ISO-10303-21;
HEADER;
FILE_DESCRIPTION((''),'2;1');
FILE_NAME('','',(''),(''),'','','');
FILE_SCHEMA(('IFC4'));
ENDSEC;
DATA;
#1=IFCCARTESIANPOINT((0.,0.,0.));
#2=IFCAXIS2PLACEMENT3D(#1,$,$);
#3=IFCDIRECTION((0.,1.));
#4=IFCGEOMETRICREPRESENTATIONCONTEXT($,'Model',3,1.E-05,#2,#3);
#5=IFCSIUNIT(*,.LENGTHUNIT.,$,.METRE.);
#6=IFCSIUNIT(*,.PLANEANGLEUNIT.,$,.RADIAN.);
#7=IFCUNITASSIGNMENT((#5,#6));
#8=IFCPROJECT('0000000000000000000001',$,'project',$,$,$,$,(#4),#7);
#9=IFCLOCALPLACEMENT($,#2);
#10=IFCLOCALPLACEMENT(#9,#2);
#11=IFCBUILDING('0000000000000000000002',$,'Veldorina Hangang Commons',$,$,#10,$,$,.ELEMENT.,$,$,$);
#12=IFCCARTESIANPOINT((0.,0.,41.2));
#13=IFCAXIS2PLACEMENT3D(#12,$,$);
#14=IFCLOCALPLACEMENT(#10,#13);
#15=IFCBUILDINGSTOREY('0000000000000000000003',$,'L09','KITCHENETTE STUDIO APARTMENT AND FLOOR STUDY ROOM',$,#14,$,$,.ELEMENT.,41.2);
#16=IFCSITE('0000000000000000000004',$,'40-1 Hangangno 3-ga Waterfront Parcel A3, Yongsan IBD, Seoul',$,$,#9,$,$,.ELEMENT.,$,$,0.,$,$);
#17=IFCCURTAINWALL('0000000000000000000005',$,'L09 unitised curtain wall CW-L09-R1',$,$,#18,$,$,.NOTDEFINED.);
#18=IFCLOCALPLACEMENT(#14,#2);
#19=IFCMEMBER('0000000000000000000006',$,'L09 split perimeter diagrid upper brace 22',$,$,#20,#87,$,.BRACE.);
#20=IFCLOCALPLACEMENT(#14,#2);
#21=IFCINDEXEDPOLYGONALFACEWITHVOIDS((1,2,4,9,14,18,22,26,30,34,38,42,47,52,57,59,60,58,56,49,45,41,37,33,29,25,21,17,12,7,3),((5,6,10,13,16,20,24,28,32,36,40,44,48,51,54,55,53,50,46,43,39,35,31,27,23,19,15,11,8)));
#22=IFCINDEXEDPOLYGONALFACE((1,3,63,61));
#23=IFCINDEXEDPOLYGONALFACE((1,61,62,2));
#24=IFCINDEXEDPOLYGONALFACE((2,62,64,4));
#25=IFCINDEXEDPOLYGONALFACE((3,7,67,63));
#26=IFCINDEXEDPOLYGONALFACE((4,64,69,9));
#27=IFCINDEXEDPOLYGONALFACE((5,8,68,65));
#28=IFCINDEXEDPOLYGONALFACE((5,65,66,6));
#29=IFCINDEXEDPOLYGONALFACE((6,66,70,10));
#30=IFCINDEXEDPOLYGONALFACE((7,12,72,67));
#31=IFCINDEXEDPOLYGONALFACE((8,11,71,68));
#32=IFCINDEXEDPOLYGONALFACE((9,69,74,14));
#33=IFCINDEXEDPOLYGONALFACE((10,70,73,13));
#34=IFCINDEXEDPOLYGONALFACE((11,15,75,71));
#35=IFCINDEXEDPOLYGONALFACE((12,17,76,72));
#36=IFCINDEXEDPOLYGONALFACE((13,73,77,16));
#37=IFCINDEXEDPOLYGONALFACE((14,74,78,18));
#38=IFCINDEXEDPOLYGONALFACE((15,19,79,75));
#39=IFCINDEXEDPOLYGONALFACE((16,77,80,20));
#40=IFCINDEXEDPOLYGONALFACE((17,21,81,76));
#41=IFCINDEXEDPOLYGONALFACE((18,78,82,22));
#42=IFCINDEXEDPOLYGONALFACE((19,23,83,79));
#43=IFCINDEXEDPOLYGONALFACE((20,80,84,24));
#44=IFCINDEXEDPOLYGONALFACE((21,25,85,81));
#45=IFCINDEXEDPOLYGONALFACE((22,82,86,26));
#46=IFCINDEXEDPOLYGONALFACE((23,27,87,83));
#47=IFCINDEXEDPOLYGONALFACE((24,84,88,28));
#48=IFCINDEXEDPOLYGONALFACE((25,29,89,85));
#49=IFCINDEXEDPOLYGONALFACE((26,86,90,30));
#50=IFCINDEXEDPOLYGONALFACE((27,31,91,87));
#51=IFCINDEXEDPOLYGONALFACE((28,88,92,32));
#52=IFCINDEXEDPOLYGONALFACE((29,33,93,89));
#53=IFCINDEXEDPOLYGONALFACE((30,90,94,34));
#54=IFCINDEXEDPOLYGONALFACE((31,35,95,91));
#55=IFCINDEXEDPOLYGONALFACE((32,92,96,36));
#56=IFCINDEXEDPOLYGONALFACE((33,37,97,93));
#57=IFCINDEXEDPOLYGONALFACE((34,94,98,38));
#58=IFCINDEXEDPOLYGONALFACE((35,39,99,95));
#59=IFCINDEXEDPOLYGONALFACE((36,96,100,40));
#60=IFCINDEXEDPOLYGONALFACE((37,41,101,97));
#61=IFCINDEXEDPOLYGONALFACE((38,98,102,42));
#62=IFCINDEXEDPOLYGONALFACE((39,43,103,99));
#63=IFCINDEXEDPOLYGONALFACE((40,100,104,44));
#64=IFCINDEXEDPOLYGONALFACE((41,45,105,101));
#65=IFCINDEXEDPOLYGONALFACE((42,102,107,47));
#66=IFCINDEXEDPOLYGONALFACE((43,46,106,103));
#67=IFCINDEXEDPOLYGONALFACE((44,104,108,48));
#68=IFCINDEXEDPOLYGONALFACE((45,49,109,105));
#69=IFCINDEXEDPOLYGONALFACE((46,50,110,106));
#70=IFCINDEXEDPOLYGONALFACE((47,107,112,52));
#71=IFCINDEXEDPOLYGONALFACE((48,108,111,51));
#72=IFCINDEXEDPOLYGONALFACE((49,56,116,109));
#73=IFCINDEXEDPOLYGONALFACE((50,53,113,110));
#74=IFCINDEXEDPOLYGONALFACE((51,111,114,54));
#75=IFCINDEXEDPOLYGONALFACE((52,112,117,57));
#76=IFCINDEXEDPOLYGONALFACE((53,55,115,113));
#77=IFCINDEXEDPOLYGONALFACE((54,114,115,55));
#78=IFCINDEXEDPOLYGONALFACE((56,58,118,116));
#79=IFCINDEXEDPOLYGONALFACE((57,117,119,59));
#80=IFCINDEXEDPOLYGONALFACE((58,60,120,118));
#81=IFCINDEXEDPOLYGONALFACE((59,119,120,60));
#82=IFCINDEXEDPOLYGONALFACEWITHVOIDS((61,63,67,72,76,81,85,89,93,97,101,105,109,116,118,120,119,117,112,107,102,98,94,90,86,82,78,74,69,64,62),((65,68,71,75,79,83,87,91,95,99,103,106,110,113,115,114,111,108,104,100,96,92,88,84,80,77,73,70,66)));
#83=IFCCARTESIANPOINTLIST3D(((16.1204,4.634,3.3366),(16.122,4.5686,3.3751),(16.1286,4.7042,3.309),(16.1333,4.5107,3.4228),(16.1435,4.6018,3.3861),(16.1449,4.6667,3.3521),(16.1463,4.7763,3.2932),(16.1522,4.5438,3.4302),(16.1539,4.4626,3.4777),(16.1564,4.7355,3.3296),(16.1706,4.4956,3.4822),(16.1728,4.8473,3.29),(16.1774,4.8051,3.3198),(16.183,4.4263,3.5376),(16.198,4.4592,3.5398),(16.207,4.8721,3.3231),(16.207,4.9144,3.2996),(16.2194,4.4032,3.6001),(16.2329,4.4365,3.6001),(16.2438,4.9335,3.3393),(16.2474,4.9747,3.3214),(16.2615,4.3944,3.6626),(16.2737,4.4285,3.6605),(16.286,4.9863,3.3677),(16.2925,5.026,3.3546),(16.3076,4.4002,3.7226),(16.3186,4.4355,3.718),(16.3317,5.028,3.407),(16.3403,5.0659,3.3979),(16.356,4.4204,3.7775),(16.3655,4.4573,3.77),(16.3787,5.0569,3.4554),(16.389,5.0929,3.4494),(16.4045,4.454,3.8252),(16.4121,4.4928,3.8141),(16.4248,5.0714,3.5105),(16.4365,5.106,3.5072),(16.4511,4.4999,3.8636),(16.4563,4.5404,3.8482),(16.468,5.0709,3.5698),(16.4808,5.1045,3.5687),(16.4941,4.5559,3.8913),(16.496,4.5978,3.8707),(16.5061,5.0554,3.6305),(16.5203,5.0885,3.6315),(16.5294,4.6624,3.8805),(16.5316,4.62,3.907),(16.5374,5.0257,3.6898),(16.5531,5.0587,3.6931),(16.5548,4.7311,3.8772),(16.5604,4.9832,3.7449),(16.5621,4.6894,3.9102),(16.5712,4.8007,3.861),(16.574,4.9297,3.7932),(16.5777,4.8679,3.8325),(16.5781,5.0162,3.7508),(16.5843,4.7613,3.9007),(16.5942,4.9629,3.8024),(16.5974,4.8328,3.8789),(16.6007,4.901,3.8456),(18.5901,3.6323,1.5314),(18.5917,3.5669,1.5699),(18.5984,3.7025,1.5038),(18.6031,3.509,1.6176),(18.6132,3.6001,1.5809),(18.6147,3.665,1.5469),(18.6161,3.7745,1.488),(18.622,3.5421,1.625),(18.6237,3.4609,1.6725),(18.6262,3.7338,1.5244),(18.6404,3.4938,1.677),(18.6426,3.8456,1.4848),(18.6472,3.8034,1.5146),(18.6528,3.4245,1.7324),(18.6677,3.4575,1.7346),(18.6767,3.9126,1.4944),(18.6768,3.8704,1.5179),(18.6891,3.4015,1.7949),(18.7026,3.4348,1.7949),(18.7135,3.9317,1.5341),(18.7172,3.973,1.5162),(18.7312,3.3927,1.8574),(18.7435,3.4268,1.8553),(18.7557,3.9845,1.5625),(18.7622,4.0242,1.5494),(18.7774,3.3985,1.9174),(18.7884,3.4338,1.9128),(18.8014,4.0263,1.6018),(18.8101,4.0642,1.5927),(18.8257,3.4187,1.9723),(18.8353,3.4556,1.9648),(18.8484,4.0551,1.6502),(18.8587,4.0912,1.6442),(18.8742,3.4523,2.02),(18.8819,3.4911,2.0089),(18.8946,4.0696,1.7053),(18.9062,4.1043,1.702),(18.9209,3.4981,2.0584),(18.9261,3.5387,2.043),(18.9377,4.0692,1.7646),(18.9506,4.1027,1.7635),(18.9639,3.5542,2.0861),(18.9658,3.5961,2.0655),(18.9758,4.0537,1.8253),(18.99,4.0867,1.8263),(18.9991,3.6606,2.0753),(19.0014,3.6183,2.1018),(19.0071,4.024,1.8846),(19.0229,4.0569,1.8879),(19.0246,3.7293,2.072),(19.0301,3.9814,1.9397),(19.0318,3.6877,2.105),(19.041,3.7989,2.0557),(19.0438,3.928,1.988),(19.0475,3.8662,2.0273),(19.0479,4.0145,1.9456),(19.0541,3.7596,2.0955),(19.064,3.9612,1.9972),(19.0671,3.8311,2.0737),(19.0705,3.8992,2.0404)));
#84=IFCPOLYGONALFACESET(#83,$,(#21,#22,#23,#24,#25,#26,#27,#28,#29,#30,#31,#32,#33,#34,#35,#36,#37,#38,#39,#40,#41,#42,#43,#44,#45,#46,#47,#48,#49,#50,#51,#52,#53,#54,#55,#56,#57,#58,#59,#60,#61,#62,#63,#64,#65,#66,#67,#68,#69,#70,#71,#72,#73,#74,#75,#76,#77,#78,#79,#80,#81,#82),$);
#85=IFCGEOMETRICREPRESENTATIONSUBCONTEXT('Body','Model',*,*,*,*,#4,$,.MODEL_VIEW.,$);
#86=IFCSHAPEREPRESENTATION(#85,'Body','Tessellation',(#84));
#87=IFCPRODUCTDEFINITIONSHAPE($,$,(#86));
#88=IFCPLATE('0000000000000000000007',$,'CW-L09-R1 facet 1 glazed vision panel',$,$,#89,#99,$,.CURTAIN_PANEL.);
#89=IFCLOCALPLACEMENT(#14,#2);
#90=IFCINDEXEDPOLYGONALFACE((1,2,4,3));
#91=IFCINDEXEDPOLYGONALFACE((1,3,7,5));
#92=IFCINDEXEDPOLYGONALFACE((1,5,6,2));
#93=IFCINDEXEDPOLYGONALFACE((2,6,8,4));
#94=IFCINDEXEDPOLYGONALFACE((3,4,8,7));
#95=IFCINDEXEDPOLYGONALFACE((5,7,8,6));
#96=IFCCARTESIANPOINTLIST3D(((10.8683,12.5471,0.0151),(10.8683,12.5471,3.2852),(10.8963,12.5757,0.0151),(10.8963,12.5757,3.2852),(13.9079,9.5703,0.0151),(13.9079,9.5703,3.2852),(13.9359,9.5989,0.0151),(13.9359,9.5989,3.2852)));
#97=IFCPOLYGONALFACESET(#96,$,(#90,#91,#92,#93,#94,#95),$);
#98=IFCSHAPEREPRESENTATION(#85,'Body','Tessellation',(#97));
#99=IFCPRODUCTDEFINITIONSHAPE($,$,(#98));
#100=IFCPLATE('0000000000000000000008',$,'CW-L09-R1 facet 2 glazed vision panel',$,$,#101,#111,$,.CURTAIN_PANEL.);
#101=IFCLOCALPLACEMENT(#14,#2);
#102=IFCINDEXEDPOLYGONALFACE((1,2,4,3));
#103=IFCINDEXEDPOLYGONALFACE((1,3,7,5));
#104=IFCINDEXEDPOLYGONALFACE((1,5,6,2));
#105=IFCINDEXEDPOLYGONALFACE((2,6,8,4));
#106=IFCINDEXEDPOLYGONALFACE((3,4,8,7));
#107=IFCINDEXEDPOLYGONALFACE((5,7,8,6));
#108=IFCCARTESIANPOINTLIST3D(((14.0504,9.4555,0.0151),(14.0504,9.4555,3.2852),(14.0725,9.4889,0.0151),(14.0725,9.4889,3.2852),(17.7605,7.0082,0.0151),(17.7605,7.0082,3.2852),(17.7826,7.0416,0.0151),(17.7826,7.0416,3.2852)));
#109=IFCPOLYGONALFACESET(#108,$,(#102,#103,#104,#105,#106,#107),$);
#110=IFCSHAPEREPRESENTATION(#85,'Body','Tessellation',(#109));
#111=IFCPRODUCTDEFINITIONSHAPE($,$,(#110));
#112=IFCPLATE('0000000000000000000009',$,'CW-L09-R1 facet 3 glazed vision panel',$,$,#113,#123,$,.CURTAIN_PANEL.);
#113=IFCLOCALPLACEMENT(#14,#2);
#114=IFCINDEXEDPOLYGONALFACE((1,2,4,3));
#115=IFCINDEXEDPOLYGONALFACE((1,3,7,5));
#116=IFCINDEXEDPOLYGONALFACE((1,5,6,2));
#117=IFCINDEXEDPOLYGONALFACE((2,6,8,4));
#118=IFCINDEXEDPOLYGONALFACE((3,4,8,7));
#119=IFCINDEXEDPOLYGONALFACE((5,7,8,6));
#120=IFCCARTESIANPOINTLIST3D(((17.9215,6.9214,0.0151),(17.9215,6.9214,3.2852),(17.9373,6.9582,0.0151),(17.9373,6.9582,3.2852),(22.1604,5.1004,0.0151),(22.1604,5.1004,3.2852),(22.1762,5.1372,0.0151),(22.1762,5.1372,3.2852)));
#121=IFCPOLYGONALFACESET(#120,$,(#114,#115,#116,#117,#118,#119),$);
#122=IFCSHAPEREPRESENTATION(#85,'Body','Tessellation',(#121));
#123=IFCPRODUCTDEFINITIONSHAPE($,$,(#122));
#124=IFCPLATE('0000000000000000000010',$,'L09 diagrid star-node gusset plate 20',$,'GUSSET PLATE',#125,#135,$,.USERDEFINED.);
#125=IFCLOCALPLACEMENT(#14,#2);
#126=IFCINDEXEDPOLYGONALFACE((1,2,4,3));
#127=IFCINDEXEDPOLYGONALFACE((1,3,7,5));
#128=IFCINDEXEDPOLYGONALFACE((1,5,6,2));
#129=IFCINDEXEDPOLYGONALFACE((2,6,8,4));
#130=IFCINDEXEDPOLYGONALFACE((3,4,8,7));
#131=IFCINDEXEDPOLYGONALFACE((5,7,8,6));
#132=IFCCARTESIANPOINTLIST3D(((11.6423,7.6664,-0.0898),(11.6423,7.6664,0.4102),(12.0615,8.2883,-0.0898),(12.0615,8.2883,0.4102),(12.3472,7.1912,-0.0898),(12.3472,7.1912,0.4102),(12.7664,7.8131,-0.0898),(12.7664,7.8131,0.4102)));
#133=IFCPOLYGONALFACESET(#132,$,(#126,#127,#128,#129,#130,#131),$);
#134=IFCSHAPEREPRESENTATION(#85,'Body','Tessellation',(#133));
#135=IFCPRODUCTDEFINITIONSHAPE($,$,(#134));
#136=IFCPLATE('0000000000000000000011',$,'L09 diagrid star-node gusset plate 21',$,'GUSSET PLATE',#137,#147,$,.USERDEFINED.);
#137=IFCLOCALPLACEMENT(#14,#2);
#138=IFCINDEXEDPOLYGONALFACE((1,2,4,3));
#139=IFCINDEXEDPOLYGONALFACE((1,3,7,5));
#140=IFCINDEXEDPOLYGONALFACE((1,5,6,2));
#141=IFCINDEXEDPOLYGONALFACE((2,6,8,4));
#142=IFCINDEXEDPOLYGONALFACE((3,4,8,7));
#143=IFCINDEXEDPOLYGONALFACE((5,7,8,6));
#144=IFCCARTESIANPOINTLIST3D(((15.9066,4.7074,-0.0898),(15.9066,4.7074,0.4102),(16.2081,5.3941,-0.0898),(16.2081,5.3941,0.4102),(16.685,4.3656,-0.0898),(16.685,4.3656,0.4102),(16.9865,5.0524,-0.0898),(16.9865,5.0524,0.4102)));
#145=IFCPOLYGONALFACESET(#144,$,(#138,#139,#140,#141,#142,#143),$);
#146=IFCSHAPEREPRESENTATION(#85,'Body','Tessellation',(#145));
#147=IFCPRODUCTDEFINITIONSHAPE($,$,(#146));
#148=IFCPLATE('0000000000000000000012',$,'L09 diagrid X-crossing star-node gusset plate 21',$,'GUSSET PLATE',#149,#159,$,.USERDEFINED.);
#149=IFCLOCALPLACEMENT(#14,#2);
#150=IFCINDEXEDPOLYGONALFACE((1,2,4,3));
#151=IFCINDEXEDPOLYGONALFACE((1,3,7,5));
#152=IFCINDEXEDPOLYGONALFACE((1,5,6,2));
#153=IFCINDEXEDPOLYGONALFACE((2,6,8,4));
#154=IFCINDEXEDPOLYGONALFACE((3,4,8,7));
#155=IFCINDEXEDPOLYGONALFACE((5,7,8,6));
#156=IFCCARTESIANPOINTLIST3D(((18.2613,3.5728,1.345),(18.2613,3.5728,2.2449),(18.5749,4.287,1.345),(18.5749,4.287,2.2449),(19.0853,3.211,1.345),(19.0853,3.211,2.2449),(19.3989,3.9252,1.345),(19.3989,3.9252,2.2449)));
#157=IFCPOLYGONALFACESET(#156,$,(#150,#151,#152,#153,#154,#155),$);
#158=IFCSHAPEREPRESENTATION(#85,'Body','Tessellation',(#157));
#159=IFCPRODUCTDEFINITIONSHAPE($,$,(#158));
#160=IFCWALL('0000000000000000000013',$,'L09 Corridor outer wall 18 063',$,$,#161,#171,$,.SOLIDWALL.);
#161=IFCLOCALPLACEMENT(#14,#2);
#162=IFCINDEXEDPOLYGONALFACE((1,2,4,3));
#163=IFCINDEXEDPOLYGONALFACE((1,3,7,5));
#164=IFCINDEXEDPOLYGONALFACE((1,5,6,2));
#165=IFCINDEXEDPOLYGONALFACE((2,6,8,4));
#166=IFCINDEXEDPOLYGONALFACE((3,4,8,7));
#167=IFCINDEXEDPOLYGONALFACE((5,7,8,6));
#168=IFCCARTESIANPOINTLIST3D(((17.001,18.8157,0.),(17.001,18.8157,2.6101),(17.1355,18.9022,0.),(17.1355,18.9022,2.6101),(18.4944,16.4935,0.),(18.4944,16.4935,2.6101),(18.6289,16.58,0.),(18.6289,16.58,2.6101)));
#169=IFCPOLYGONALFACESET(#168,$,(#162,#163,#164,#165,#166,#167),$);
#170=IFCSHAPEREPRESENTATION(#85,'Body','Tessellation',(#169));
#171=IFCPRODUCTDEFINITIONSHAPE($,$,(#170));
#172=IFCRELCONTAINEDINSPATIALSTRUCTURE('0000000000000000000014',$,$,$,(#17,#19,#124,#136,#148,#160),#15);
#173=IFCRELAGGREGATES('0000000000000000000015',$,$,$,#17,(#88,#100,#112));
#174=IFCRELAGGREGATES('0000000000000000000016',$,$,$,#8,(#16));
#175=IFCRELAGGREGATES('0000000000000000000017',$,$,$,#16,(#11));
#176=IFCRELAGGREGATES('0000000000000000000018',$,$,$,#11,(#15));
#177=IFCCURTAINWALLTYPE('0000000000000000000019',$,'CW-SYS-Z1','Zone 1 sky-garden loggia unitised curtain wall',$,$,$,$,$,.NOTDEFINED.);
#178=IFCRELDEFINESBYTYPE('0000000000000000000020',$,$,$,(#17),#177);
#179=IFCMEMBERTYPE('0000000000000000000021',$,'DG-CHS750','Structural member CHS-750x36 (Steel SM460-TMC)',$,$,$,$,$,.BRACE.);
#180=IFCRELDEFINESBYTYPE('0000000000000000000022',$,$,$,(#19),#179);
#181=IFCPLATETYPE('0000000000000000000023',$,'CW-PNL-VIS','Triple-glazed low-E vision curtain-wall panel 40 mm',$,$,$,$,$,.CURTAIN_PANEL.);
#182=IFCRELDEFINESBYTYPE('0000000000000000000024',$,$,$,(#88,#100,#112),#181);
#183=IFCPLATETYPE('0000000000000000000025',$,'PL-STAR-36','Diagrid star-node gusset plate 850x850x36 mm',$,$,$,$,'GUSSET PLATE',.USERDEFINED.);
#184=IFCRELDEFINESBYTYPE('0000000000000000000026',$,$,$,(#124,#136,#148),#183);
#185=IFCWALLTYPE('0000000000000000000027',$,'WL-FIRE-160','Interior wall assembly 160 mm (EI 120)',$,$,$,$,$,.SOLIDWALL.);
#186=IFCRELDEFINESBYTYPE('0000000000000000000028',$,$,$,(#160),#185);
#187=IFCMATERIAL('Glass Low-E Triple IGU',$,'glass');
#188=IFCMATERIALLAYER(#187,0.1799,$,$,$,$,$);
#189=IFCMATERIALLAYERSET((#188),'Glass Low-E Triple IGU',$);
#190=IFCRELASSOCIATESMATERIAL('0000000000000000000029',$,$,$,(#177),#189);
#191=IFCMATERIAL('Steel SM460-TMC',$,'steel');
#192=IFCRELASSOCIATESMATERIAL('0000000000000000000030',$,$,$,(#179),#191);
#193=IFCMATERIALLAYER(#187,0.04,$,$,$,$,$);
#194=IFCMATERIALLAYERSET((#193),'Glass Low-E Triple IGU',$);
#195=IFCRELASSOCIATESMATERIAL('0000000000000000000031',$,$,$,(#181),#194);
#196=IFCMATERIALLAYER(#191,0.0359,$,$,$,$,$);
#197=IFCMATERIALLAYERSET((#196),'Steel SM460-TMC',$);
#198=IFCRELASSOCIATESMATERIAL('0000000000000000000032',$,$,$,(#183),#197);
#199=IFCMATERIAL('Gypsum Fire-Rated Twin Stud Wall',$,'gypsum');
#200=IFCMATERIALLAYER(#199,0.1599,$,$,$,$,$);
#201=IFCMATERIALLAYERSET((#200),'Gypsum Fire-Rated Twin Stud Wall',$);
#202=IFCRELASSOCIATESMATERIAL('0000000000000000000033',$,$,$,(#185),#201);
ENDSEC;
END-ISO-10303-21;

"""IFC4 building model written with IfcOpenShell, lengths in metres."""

from ifc_helpers import new_model, si_unit, direction, frame, frame_2d, origin, origin_2d, place, context, subcontext, project, spatial, rectangle, hollow_circle, extrude, material, layer, layer_set, material_profile, profile_set, type_object, element, aggregate, save


model = new_model("IFC4")

# Units and contexts
model_context = context("Model", 3, precision=1e-05, world=origin(), true_north=direction((0.0, 1.0)))
body_context = subcontext(model_context, "Body", "Model", "MODEL_VIEW")
ifc_project = project(units=[si_unit("LENGTHUNIT", "METRE"), si_unit("PLANEANGLEUNIT", "RADIAN")], contexts=[model_context])

# Site, building, storey
site_placement = place(None, origin())
site = spatial("IfcSite", under=ifc_project, at=site_placement, Name="40-1 Hangangno 3-ga Waterfront Parcel A3, Yongsan IBD, Seoul", CompositionType="ELEMENT", RefElevation=0.0)
building_placement = place(site_placement, origin())
building = spatial("IfcBuilding", under=site, at=building_placement, Name="Veldorina Hangang Commons", CompositionType="ELEMENT")
storey_placement = place(building_placement, frame((0.0, 0.0, 41.2)))
storey = spatial("IfcBuildingStorey", under=building, at=storey_placement, Name="L09", Description="KITCHENETTE STUDIO APARTMENT AND FLOOR STUDY ROOM", CompositionType="ELEMENT", Elevation=41.2)

# Shared definitions
ifc_material_1 = material(Name="Steel SM460-TMC", Category="steel")

# Curtain wall
ifc_material_2 = material(Name="Glass Low-E Triple IGU", Category="glass")
ifc_layer_1 = layer(ifc_material_2, 0.1799)
ifc_layer_set_1 = layer_set([ifc_layer_1], Name="Glass Low-E Triple IGU")
curtain_wall_type = type_object("IfcCurtainWallType", Name="CW-SYS-Z1", Description="Zone 1 sky-garden loggia unitised curtain wall", PredefinedType="NOTDEFINED", material=ifc_layer_set_1)
curtain_wall_placement = place(storey_placement, origin())
curtain_wall = element("IfcCurtainWall", 1, at=curtain_wall_placement, inside=storey, type_object=curtain_wall_type, Name="L09 unitised curtain wall CW-L09-R1", PredefinedType="NOTDEFINED")

# Member
ifc_material_profile_1 = material_profile(ifc_material_1, hollow_circle(Radius=0.375, WallThickness=0.0359, at=origin_2d()), Name="CHS-750x36")
ifc_profile_set_1 = profile_set([ifc_material_profile_1], Name="Steel SM460-TMC")
member_type_1 = type_object("IfcMemberType", Name="DG-CHS750", Description="Structural member CHS-750x36 (Steel SM460-TMC)", PredefinedType="BRACE", material=ifc_profile_set_1)
member_1_placement = place(storey_placement, frame((18.8301, 3.749, 1.7949), z_axis=(-0.767246, 0.311191, 0.560797), x_axis=(-0.375856, -0.926678, 0.0)))
element("IfcMember", 2, at=member_1_placement, inside=storey, type_object=member_type_1, Name="L09 split perimeter diagrid upper brace 22", PredefinedType="BRACE", context=body_context, shape_type="SweptSolid", body=[
    extrude(hollow_circle(Radius=0.375, WallThickness=0.0359, at=origin_2d()), origin(), (0.0, 0.0, 1.0), 3.219),
])

# Plates
ifc_layer_2 = layer(ifc_material_2, 0.04)
ifc_layer_set_2 = layer_set([ifc_layer_2], Name="Glass Low-E Triple IGU")
plate_type_1 = type_object("IfcPlateType", Name="CW-PNL-VIS", Description="Triple-glazed low-E vision curtain-wall panel 40 mm", PredefinedType="CURTAIN_PANEL", material=ifc_layer_set_2)
plate_1_placement = place(storey_placement, frame((12.4021, 11.073, 0.0151), z_axis=(0.0, 0.0, 1.0), x_axis=(0.714448, -0.699688, 0.0)))
plate_1 = element("IfcPlate", 3, at=plate_1_placement, type_object=plate_type_1, Name="CW-L09-R1 facet 1 glazed vision panel", PredefinedType="CURTAIN_PANEL", context=body_context, shape_type="SweptSolid", body=[
    extrude(rectangle(XDim=4.2544, YDim=0.04, at=origin_2d()), origin(), (0.0, 0.0, 1.0), 3.27),
])
plate_2_placement = place(storey_placement, frame((15.9165, 8.2485, 0.0151), z_axis=(0.0, 0.0, 1.0), x_axis=(0.834752, -0.550626, 0.0)))
plate_2 = element("IfcPlate", 4, at=plate_2_placement, type_object=plate_type_1, Name="CW-L09-R1 facet 2 glazed vision panel", PredefinedType="CURTAIN_PANEL", context=body_context, shape_type="SweptSolid", body=[
    extrude(rectangle(XDim=4.4446, YDim=0.04, at=origin_2d()), origin(), (0.0, 0.0, 1.0), 3.27),
])
plate_3_placement = place(storey_placement, frame((20.0488, 6.0293, 0.0151), z_axis=(0.0, 0.0, 1.0), x_axis=(0.918805, -0.394712, 0.0)))
plate_3 = element("IfcPlate", 5, at=plate_3_placement, type_object=plate_type_1, Name="CW-L09-R1 facet 3 glazed vision panel", PredefinedType="CURTAIN_PANEL", context=body_context, shape_type="SweptSolid", body=[
    extrude(rectangle(XDim=4.6135, YDim=0.04, at=origin_2d()), origin(), (0.0, 0.0, 1.0), 3.27),
])
aggregate(curtain_wall, [plate_1, plate_2, plate_3])

# Plates
ifc_layer_3 = layer(ifc_material_1, 0.0359)
ifc_layer_set_3 = layer_set([ifc_layer_3], Name="Steel SM460-TMC")
plate_type_2 = type_object("IfcPlateType", Name="PL-STAR-36", Description="Diagrid star-node gusset plate 850x850x36 mm", ElementType="GUSSET PLATE", PredefinedType="USERDEFINED", material=ifc_layer_set_3)
for number, where, z_axis, x_axis, name in (
    (6, (12.2043, 7.7397, -0.0898), (0.0, 0.0, 1.0), (0.829184, -0.558976, 0.0), "L09 diagrid star-node gusset plate 20"),
    (7, (16.4465, 4.8799, -0.0898), (0.0, 0.0, 1.0), (0.915635, -0.402012, 0.0), "L09 diagrid star-node gusset plate 21"),
):
    element("IfcPlate", number, at=place(storey_placement, frame(where, z_axis=z_axis, x_axis=x_axis)), inside=storey, type_object=plate_type_2, Name=name, ObjectType="GUSSET PLATE", PredefinedType="USERDEFINED", context=body_context, shape_type="SweptSolid", body=[
        extrude(rectangle(XDim=0.8501, YDim=0.75, at=origin_2d()), origin(), (0.0, 0.0, 1.0), 0.5),
    ])
plate_4_placement = place(storey_placement, frame((18.8301, 3.749, 1.345), z_axis=(0.0, 0.0, 1.0), x_axis=(0.915635, -0.402012, 0.0)))
element("IfcPlate", 8, at=plate_4_placement, inside=storey, type_object=plate_type_2, Name="L09 diagrid X-crossing star-node gusset plate 21", ObjectType="GUSSET PLATE", PredefinedType="USERDEFINED", context=body_context, shape_type="SweptSolid", body=[
    extrude(rectangle(XDim=0.8999, YDim=0.78, at=origin_2d()), origin(), (0.0, 0.0, 1.0), 0.8999),
])

# Wall
ifc_material_3 = material(Name="Gypsum Fire-Rated Twin Stud Wall", Category="gypsum")
ifc_layer_4 = layer(ifc_material_3, 0.1599)
ifc_layer_set_4 = layer_set([ifc_layer_4], Name="Gypsum Fire-Rated Twin Stud Wall")
wall_type_1 = type_object("IfcWallType", Name="WL-FIRE-160", Description="Interior wall assembly 160 mm (EI 120)", PredefinedType="SOLIDWALL", material=ifc_layer_set_4)
wall_1_placement = place(storey_placement, frame((17.0684, 18.8589, 0.0), z_axis=(0.0, 0.0, 1.0), x_axis=(0.540892, -0.841092, 0.0)))
element("IfcWall", 9, at=wall_1_placement, inside=storey, type_object=wall_type_1, Name="L09 Corridor outer wall 18 063", PredefinedType="SOLIDWALL", context=body_context, shape_type="SweptSolid", body=[
    extrude(rectangle(XDim=2.761, YDim=0.1599, at=frame_2d((1.3804, 0.0))), origin(), (0.0, 0.0, 1.0), 2.6101),
])

save(model, "model.ifc")
